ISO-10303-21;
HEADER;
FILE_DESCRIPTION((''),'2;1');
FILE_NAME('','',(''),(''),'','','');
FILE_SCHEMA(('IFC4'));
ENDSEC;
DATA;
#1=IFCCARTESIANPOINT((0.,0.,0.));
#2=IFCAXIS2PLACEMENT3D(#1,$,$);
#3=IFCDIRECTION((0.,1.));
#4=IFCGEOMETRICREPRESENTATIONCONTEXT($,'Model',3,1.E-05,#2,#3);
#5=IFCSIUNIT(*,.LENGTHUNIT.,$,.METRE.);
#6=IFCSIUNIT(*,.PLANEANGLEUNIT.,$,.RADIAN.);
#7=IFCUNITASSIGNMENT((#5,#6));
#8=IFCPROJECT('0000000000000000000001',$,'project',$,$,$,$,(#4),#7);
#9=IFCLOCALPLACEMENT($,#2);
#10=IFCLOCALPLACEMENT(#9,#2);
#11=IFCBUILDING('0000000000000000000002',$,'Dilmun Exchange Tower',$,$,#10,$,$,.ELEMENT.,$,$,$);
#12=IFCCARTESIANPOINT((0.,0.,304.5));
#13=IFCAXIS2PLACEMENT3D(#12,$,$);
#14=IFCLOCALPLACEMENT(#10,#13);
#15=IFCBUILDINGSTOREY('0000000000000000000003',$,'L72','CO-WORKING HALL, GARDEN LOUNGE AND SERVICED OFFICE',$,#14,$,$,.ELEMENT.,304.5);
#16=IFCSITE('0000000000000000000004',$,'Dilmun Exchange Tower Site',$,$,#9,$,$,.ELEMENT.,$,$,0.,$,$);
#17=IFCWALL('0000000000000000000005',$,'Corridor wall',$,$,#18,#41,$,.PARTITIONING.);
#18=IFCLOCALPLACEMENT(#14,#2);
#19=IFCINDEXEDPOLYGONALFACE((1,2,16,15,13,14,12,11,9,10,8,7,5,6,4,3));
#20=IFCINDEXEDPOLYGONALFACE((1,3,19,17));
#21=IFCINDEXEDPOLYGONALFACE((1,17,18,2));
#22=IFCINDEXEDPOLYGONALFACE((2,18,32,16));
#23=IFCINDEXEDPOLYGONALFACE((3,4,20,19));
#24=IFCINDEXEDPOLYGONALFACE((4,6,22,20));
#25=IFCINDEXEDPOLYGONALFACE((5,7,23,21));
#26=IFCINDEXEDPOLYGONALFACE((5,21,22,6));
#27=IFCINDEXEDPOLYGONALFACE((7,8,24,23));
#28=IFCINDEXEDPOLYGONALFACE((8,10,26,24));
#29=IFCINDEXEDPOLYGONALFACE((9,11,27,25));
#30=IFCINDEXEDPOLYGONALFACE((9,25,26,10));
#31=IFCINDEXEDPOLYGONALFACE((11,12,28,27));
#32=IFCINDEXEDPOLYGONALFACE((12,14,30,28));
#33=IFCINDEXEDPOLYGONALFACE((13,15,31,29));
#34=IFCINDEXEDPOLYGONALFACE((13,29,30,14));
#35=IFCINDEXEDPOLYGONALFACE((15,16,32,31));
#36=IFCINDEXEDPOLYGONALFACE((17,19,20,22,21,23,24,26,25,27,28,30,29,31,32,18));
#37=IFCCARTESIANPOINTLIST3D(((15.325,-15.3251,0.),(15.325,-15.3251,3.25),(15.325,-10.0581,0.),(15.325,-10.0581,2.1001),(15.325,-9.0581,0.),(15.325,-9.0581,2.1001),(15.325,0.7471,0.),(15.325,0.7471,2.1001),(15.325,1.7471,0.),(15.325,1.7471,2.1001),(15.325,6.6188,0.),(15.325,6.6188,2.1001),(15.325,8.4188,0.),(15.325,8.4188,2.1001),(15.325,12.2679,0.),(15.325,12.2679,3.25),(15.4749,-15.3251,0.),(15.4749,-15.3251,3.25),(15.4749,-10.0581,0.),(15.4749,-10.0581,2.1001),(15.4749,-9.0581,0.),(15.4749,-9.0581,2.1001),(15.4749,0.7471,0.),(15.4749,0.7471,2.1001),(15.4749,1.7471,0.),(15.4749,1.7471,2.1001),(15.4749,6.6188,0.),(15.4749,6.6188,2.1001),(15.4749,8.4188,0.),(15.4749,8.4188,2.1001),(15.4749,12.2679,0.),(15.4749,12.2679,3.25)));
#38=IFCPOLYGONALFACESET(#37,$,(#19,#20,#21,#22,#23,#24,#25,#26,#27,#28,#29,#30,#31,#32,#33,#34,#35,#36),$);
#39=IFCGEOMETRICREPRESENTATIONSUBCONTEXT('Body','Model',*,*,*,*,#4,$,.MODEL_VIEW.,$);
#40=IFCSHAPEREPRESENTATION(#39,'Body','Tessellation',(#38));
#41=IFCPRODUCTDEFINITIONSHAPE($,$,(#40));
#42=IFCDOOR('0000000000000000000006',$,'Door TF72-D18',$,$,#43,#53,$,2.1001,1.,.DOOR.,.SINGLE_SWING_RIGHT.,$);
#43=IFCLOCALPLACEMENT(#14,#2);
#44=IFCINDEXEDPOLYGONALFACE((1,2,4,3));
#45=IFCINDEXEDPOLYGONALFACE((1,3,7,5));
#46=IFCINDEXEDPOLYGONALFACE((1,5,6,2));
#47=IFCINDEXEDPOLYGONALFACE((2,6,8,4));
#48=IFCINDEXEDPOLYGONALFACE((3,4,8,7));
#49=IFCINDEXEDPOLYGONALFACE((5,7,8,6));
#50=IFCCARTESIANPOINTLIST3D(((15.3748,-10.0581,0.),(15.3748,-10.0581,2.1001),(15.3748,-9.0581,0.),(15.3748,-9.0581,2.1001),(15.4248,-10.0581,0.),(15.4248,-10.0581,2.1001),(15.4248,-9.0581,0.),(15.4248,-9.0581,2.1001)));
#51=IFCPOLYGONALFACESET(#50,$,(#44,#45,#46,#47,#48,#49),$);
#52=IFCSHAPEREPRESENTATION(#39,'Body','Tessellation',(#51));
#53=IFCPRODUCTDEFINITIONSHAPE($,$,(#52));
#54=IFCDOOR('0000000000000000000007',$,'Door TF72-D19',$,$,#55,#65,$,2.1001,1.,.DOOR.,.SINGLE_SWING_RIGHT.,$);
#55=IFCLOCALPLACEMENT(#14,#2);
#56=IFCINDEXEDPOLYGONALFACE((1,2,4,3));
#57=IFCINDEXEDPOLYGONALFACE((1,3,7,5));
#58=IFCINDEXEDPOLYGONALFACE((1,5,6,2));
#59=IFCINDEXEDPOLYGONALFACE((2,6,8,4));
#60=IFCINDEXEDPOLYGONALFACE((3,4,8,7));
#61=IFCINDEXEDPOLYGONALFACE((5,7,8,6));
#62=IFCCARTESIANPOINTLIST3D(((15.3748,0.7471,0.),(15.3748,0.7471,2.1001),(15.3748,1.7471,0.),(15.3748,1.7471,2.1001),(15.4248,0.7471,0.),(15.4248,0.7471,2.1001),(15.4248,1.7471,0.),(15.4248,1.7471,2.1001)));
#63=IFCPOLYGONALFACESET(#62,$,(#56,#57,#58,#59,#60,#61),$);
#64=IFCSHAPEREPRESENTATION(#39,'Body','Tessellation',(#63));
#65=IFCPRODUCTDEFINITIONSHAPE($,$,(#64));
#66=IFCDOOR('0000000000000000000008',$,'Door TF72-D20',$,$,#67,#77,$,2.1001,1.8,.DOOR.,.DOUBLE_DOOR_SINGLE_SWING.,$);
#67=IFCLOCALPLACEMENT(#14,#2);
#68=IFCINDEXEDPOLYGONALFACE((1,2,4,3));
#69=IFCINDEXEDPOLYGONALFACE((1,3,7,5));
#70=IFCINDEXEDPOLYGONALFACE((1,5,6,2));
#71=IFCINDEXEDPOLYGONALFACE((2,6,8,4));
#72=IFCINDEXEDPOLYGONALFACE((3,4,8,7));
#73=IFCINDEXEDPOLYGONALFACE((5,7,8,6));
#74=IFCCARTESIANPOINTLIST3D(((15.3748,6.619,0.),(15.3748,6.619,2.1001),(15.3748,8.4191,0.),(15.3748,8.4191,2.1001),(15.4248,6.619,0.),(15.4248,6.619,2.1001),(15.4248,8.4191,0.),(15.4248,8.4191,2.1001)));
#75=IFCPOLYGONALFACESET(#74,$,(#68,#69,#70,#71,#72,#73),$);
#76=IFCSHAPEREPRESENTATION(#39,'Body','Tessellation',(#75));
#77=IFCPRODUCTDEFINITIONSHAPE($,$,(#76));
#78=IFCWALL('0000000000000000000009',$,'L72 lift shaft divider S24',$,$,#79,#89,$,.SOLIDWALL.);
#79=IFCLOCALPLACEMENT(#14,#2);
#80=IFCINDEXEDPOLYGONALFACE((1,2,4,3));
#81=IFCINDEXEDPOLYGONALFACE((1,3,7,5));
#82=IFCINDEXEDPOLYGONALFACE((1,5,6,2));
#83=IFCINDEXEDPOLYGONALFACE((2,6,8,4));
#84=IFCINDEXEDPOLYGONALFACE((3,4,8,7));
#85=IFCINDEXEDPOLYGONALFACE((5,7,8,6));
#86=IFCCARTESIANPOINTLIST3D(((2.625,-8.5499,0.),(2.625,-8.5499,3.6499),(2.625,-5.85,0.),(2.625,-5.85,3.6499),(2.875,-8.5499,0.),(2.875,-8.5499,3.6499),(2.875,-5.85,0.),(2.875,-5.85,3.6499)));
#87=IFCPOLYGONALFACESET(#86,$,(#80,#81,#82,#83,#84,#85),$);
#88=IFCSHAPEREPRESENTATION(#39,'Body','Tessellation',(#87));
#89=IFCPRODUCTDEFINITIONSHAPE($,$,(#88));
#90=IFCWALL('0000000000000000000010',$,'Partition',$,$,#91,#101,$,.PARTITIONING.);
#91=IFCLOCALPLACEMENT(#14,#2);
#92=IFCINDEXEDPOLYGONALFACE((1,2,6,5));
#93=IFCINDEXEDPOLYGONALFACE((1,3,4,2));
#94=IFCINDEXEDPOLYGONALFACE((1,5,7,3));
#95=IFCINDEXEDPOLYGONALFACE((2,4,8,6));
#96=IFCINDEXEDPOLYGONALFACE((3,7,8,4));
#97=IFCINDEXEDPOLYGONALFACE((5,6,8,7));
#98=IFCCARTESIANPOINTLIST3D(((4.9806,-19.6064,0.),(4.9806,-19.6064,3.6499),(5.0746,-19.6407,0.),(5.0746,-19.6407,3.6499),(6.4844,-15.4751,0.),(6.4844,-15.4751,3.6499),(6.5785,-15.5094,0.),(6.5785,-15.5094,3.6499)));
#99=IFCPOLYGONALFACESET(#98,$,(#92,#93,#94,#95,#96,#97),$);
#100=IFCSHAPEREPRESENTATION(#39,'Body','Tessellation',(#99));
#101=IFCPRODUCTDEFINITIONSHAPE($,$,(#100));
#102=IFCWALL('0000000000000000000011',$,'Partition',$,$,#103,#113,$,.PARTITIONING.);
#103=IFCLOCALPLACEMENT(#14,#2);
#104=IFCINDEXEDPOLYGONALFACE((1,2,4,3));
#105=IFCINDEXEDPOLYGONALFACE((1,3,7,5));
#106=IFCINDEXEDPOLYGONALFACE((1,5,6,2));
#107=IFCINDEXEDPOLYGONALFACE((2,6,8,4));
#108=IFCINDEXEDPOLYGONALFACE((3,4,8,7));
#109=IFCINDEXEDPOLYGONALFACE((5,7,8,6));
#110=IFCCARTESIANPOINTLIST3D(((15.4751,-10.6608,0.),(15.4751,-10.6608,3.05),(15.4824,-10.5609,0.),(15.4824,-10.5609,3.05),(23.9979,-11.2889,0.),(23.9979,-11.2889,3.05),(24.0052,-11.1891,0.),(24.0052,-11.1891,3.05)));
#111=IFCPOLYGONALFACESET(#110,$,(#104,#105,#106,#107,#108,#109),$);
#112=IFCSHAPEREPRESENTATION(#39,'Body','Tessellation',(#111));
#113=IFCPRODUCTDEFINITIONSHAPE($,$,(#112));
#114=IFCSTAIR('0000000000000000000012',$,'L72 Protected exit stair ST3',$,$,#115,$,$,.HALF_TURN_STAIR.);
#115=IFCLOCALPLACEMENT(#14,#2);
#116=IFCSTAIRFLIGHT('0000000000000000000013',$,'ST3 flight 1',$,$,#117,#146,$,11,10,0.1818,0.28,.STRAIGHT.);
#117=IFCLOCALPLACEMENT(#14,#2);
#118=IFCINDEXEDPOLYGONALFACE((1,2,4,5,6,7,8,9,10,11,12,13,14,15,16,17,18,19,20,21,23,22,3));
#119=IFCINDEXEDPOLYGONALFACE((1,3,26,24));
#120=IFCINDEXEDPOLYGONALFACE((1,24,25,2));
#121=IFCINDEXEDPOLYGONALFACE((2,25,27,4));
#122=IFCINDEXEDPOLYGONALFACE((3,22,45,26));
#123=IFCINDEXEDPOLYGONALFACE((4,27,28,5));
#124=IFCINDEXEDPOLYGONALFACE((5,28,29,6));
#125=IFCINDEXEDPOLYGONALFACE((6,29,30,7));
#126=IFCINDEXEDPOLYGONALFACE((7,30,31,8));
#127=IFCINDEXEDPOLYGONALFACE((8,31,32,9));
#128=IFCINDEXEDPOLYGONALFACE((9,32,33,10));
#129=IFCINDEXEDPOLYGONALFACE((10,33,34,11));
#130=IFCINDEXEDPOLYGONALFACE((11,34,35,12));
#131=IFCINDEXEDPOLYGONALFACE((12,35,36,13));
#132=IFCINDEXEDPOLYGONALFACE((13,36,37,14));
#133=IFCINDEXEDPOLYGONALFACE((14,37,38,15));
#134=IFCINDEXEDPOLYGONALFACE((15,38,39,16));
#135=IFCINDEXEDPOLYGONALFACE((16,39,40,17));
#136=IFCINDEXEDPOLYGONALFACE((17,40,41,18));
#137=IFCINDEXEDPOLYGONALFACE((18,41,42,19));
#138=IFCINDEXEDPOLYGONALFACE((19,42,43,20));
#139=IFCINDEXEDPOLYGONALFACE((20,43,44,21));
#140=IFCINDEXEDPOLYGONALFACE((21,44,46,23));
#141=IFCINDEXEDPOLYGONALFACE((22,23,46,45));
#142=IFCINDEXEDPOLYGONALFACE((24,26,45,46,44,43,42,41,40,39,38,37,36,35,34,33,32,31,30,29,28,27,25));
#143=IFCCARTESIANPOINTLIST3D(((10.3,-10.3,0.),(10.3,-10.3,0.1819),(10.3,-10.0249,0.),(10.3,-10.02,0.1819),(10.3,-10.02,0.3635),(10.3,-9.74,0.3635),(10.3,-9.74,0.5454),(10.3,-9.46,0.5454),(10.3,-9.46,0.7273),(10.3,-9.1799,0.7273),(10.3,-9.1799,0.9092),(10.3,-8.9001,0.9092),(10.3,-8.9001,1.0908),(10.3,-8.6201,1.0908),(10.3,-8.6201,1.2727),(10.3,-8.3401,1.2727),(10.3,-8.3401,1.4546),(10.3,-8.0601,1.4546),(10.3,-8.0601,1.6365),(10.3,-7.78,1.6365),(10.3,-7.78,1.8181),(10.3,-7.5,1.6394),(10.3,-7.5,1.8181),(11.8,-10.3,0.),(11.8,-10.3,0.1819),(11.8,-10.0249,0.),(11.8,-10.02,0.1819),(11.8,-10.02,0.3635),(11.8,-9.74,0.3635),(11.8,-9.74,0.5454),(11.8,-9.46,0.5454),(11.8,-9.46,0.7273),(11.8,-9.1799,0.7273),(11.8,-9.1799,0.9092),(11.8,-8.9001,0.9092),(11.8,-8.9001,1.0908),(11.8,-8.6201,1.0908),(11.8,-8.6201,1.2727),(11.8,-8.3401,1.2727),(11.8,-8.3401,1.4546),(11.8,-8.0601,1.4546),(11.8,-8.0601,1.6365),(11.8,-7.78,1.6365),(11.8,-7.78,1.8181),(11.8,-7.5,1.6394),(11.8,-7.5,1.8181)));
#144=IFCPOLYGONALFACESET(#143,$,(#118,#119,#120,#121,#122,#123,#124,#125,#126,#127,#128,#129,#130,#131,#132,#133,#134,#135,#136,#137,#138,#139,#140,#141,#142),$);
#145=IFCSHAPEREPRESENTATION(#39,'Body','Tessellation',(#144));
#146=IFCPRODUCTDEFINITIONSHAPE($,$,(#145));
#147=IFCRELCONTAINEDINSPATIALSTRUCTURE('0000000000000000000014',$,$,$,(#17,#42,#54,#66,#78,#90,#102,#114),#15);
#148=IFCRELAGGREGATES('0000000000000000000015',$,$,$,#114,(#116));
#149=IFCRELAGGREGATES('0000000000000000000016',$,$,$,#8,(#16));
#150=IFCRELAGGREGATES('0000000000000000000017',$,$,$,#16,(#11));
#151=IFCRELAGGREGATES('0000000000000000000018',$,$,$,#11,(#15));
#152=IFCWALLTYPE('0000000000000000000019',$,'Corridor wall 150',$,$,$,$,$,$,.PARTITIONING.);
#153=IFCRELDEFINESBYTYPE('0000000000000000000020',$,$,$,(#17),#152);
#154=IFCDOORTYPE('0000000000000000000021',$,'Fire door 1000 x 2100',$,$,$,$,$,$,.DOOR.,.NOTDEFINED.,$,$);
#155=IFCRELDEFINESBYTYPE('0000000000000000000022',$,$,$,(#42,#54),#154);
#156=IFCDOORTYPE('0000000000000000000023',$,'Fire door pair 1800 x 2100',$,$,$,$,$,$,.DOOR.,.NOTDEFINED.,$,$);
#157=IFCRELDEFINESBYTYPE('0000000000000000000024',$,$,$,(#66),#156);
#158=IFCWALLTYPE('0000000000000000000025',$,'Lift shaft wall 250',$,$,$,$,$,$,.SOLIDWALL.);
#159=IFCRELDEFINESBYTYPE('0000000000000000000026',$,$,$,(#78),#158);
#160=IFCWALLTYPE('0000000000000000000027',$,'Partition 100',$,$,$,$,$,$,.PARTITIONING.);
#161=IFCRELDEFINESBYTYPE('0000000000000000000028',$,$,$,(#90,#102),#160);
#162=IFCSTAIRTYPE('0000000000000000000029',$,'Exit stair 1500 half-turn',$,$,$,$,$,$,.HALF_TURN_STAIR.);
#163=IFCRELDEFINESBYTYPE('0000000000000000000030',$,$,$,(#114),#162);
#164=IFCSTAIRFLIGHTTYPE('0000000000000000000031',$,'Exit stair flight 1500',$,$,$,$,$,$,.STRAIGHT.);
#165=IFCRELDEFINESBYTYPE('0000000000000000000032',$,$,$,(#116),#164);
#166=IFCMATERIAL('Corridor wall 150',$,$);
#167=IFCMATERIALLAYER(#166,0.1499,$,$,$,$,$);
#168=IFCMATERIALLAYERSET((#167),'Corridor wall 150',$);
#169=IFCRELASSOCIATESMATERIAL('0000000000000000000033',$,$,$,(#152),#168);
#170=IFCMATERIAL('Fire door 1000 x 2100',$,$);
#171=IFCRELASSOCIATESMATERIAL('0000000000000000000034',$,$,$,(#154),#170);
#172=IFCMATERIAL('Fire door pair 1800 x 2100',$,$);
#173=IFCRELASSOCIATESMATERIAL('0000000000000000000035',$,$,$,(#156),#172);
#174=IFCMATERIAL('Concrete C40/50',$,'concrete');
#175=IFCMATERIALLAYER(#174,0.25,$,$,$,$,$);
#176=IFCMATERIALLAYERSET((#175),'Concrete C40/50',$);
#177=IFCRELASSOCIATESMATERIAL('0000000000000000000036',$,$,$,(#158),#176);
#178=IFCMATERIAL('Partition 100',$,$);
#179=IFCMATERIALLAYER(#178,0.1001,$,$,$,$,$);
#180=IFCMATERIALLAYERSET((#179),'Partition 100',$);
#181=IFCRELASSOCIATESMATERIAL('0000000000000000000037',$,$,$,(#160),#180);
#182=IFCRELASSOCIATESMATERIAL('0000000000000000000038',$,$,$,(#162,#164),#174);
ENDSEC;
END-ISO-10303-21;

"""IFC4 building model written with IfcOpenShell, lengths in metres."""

from ifc_helpers import new_model, si_unit, direction, frame, frame_2d, origin, place, context, subcontext, project, spatial, polyline, rectangle, outline, extrude, material, layer, layer_set, type_object, element, fill, aggregate, save


model = new_model("IFC4")

# Units and contexts
model_context = context("Model", 3, precision=1e-05, world=origin(), true_north=direction((0.0, 1.0)))
body_context = subcontext(model_context, "Body", "Model", "MODEL_VIEW")
ifc_project = project(units=[si_unit("LENGTHUNIT", "METRE"), si_unit("PLANEANGLEUNIT", "RADIAN")], contexts=[model_context])

# Site, building, storey
site_placement = place(None, origin())
site = spatial("IfcSite", under=ifc_project, at=site_placement, Name="Dilmun Exchange Tower Site", CompositionType="ELEMENT", RefElevation=0.0)
building_placement = place(site_placement, origin())
building = spatial("IfcBuilding", under=site, at=building_placement, Name="Dilmun Exchange Tower", CompositionType="ELEMENT")
storey_placement = place(building_placement, frame((0.0, 0.0, 304.5)))
storey = spatial("IfcBuildingStorey", under=building, at=storey_placement, Name="L72", Description="CO-WORKING HALL, GARDEN LOUNGE AND SERVICED OFFICE", CompositionType="ELEMENT", Elevation=304.5)

# Shared definitions
ifc_material_1 = material(Name="Concrete C40/50", Category="concrete")

# Shared definitions
ifc_material_2 = material(Name="Corridor wall 150")
ifc_layer_1 = layer(ifc_material_2, 0.1499)
ifc_layer_set_1 = layer_set([ifc_layer_1], Name="Corridor wall 150")
wall_type_1 = type_object("IfcWallType", Name="Corridor wall 150", PredefinedType="PARTITIONING", material=ifc_layer_set_1)
ifc_material_3 = material(Name="Fire door 1000 x 2100")
door_type_1 = type_object("IfcDoorType", Name="Fire door 1000 x 2100", OperationType="NOTDEFINED", PredefinedType="DOOR", material=ifc_material_3)

# Shared definitions
ifc_material_4 = material(Name="Fire door pair 1800 x 2100")
door_type_2 = type_object("IfcDoorType", Name="Fire door pair 1800 x 2100", OperationType="NOTDEFINED", PredefinedType="DOOR", material=ifc_material_4)

# Wall, openings, doors
wall_1_placement = place(storey_placement, frame((15.3999, -15.325, 0.0), z_axis=(0.0, 0.0, 1.0), x_axis=(0.0, 1.0, 0.0)))
wall_1 = element("IfcWall", 1, at=wall_1_placement, inside=storey, type_object=wall_type_1, Name="Corridor wall", PredefinedType="PARTITIONING", context=body_context, shape_type="SweptSolid", body=[
    extrude(rectangle(XDim=27.593, YDim=0.1499, at=frame_2d((13.7964, 0.0))), origin(), (0.0, 0.0, 1.0), 3.25),
])
opening_1_placement = place(wall_1_placement, frame((5.2668, 0.0, 0.0)))
opening_1 = element("IfcOpeningElement", 2, at=opening_1_placement, cuts=wall_1, PredefinedType="OPENING", context=body_context, shape_type="SweptSolid", body=[
    extrude(rectangle(XDim=1.0, YDim=2.1001, at=frame_2d((0.5, 1.05))), frame((0.0, 0.085, 0.0), z_axis=(0.0, -1.0, 0.0), x_axis=(1.0, 0.0, 0.0)), (0.0, 0.0, 1.0), 0.1699),
])
opening_2_placement = place(wall_1_placement, frame((16.072, 0.0, 0.0)))
opening_2 = element("IfcOpeningElement", 3, at=opening_2_placement, cuts=wall_1, PredefinedType="OPENING", context=body_context, shape_type="SweptSolid", body=[
    extrude(rectangle(XDim=1.0, YDim=2.1001, at=frame_2d((0.5, 1.05))), frame((0.0, 0.085, 0.0), z_axis=(0.0, -1.0, 0.0), x_axis=(1.0, 0.0, 0.0)), (0.0, 0.0, 1.0), 0.1699),
])
opening_3_placement = place(wall_1_placement, frame((21.9438, 0.0, 0.0)))
opening_3 = element("IfcOpeningElement", 4, at=opening_3_placement, cuts=wall_1, PredefinedType="OPENING", context=body_context, shape_type="SweptSolid", body=[
    extrude(rectangle(XDim=1.8, YDim=2.1001, at=frame_2d((0.8999, 1.05))), frame((0.0, 0.085, 0.0), z_axis=(0.0, -1.0, 0.0), x_axis=(1.0, 0.0, 0.0)), (0.0, 0.0, 1.0), 0.1699),
])
door_1_placement = place(opening_1_placement, frame((1.0, 0.0, 0.0), z_axis=(0.0, 0.0, 1.0), x_axis=(-1.0, 0.0, 0.0)))
door_1 = element("IfcDoor", 5, at=door_1_placement, inside=storey, type_object=door_type_1, Name="Door TF72-D18", OperationType="SINGLE_SWING_RIGHT", OverallHeight=2.1001, OverallWidth=1.0, PredefinedType="DOOR", context=body_context, shape_type="SweptSolid", body=[
    extrude(rectangle(XDim=1.0, YDim=2.1001, at=frame_2d((0.5, 1.05))), frame((0.0, 0.0249, 0.0), z_axis=(0.0, -1.0, 0.0), x_axis=(1.0, 0.0, 0.0)), (0.0, 0.0, 1.0), 0.05),
])
fill(opening_1, door_1)
door_2_placement = place(opening_2_placement, frame((1.0, 0.0, 0.0), z_axis=(0.0, 0.0, 1.0), x_axis=(-1.0, 0.0, 0.0)))
door_2 = element("IfcDoor", 6, at=door_2_placement, inside=storey, type_object=door_type_1, Name="Door TF72-D19", OperationType="SINGLE_SWING_RIGHT", OverallHeight=2.1001, OverallWidth=1.0, PredefinedType="DOOR", context=body_context, shape_type="SweptSolid", body=[
    extrude(rectangle(XDim=1.0, YDim=2.1001, at=frame_2d((0.5, 1.05))), frame((0.0, 0.0249, 0.0), z_axis=(0.0, -1.0, 0.0), x_axis=(1.0, 0.0, 0.0)), (0.0, 0.0, 1.0), 0.05),
])
fill(opening_2, door_2)
door_3_placement = place(opening_3_placement, frame((1.8, 0.0, 0.0), z_axis=(0.0, 0.0, 1.0), x_axis=(-1.0, 0.0, 0.0)))
door_3 = element("IfcDoor", 7, at=door_3_placement, inside=storey, type_object=door_type_2, Name="Door TF72-D20", OperationType="DOUBLE_DOOR_SINGLE_SWING", OverallHeight=2.1001, OverallWidth=1.8, PredefinedType="DOOR", context=body_context, shape_type="SweptSolid", body=[
    extrude(rectangle(XDim=1.8, YDim=2.1001, at=frame_2d((0.8999, 1.05))), frame((0.0, 0.0249, 0.0), z_axis=(0.0, -1.0, 0.0), x_axis=(1.0, 0.0, 0.0)), (0.0, 0.0, 1.0), 0.05),
])
fill(opening_3, door_3)

# Walls
ifc_layer_2 = layer(ifc_material_1, 0.25)
ifc_layer_set_2 = layer_set([ifc_layer_2], Name="Concrete C40/50")
wall_type_2 = type_object("IfcWallType", Name="Lift shaft wall 250", PredefinedType="SOLIDWALL", material=ifc_layer_set_2)
wall_2_placement = place(storey_placement, frame((2.75, -8.55, 0.0), z_axis=(0.0, 0.0, 1.0), x_axis=(0.0, 1.0, 0.0)))
element("IfcWall", 8, at=wall_2_placement, inside=storey, type_object=wall_type_2, Name="L72 lift shaft divider S24", PredefinedType="SOLIDWALL", context=body_context, shape_type="SweptSolid", body=[
    extrude(rectangle(XDim=2.7, YDim=0.25, at=frame_2d((1.3501, 0.0))), origin(), (0.0, 0.0, 1.0), 3.6499),
])
ifc_material_5 = material(Name="Partition 100")
ifc_layer_3 = layer(ifc_material_5, 0.1001)
ifc_layer_set_3 = layer_set([ifc_layer_3], Name="Partition 100")
wall_type_3 = type_object("IfcWallType", Name="Partition 100", PredefinedType="PARTITIONING", material=ifc_layer_set_3)
wall_3_placement = place(storey_placement, frame((5.0276, -19.6235, 0.0), z_axis=(0.0, 0.0, 1.0), x_axis=(0.342064, 0.939677, 0.0)))
element("IfcWall", 9, at=wall_3_placement, inside=storey, type_object=wall_type_3, Name="Partition", PredefinedType="PARTITIONING", context=body_context, shape_type="SweptSolid", body=[
    extrude(rectangle(XDim=4.3965, YDim=0.1001, at=frame_2d((2.1982, 0.0))), origin(), (0.0, 0.0, 1.0), 3.6499),
])
wall_4_placement = place(storey_placement, frame((15.4788, -10.6108, 0.0), z_axis=(0.0, 0.0, 1.0), x_axis=(0.997295, -0.073507, 0.0)))
element("IfcWall", 10, at=wall_4_placement, inside=storey, type_object=wall_type_3, Name="Partition", PredefinedType="PARTITIONING", context=body_context, shape_type="SweptSolid", body=[
    extrude(rectangle(XDim=8.5459, YDim=0.1001, at=frame_2d((4.2729, 0.0))), origin(), (0.0, 0.0, 1.0), 3.05),
])

# Stair, stair flight
stair_type = type_object("IfcStairType", Name="Exit stair 1500 half-turn", PredefinedType="HALF_TURN_STAIR", material=ifc_material_1)
stair_placement = place(storey_placement, origin())
stair = element("IfcStair", 11, at=stair_placement, inside=storey, type_object=stair_type, Name="L72 Protected exit stair ST3", PredefinedType="HALF_TURN_STAIR")
stair_flight_type = type_object("IfcStairFlightType", Name="Exit stair flight 1500", PredefinedType="STRAIGHT", material=ifc_material_1)
stair_flight_placement = place(storey_placement, frame((11.05, -10.3, 0.0), z_axis=(0.0, 0.0, 1.0), x_axis=(0.0, 1.0, 0.0)))
stair_flight = element("IfcStairFlight", 12, at=stair_flight_placement, type_object=stair_flight_type, Name="ST3 flight 1", NumberOfRisers=11, NumberOfTreads=10, PredefinedType="STRAIGHT", RiserHeight=0.1818, TreadLength=0.28, context=body_context, shape_type="SweptSolid", body=[
    extrude(outline(polyline([(0.0, 0.0), (0.0, 0.1819), (0.28, 0.1819), (0.28, 0.3635), (0.5601, 0.3635), (0.5601, 0.5454), (0.8401, 0.5454), (0.8401, 0.7273), (1.1201, 0.7273), (1.1201, 0.9092), (1.3999, 0.9092), (1.3999, 1.0908), (1.6799, 1.0908), (1.6799, 1.2727), (1.96, 1.2727), (1.96, 1.4546), (2.24, 1.4546), (2.24, 1.6365), (2.52, 1.6365), (2.52, 1.8181), (2.8, 1.8181), (2.8, 2.0), (2.8, 1.6394), (0.2751, 0.0), (0.0, 0.0)])), frame((0.0, 0.75, 0.0), z_axis=(0.0, -1.0, 0.0), x_axis=(1.0, 0.0, 0.0)), (0.0, 0.0, 1.0), 1.5),
])
aggregate(stair, [stair_flight])

save(model, "model.ifc")
